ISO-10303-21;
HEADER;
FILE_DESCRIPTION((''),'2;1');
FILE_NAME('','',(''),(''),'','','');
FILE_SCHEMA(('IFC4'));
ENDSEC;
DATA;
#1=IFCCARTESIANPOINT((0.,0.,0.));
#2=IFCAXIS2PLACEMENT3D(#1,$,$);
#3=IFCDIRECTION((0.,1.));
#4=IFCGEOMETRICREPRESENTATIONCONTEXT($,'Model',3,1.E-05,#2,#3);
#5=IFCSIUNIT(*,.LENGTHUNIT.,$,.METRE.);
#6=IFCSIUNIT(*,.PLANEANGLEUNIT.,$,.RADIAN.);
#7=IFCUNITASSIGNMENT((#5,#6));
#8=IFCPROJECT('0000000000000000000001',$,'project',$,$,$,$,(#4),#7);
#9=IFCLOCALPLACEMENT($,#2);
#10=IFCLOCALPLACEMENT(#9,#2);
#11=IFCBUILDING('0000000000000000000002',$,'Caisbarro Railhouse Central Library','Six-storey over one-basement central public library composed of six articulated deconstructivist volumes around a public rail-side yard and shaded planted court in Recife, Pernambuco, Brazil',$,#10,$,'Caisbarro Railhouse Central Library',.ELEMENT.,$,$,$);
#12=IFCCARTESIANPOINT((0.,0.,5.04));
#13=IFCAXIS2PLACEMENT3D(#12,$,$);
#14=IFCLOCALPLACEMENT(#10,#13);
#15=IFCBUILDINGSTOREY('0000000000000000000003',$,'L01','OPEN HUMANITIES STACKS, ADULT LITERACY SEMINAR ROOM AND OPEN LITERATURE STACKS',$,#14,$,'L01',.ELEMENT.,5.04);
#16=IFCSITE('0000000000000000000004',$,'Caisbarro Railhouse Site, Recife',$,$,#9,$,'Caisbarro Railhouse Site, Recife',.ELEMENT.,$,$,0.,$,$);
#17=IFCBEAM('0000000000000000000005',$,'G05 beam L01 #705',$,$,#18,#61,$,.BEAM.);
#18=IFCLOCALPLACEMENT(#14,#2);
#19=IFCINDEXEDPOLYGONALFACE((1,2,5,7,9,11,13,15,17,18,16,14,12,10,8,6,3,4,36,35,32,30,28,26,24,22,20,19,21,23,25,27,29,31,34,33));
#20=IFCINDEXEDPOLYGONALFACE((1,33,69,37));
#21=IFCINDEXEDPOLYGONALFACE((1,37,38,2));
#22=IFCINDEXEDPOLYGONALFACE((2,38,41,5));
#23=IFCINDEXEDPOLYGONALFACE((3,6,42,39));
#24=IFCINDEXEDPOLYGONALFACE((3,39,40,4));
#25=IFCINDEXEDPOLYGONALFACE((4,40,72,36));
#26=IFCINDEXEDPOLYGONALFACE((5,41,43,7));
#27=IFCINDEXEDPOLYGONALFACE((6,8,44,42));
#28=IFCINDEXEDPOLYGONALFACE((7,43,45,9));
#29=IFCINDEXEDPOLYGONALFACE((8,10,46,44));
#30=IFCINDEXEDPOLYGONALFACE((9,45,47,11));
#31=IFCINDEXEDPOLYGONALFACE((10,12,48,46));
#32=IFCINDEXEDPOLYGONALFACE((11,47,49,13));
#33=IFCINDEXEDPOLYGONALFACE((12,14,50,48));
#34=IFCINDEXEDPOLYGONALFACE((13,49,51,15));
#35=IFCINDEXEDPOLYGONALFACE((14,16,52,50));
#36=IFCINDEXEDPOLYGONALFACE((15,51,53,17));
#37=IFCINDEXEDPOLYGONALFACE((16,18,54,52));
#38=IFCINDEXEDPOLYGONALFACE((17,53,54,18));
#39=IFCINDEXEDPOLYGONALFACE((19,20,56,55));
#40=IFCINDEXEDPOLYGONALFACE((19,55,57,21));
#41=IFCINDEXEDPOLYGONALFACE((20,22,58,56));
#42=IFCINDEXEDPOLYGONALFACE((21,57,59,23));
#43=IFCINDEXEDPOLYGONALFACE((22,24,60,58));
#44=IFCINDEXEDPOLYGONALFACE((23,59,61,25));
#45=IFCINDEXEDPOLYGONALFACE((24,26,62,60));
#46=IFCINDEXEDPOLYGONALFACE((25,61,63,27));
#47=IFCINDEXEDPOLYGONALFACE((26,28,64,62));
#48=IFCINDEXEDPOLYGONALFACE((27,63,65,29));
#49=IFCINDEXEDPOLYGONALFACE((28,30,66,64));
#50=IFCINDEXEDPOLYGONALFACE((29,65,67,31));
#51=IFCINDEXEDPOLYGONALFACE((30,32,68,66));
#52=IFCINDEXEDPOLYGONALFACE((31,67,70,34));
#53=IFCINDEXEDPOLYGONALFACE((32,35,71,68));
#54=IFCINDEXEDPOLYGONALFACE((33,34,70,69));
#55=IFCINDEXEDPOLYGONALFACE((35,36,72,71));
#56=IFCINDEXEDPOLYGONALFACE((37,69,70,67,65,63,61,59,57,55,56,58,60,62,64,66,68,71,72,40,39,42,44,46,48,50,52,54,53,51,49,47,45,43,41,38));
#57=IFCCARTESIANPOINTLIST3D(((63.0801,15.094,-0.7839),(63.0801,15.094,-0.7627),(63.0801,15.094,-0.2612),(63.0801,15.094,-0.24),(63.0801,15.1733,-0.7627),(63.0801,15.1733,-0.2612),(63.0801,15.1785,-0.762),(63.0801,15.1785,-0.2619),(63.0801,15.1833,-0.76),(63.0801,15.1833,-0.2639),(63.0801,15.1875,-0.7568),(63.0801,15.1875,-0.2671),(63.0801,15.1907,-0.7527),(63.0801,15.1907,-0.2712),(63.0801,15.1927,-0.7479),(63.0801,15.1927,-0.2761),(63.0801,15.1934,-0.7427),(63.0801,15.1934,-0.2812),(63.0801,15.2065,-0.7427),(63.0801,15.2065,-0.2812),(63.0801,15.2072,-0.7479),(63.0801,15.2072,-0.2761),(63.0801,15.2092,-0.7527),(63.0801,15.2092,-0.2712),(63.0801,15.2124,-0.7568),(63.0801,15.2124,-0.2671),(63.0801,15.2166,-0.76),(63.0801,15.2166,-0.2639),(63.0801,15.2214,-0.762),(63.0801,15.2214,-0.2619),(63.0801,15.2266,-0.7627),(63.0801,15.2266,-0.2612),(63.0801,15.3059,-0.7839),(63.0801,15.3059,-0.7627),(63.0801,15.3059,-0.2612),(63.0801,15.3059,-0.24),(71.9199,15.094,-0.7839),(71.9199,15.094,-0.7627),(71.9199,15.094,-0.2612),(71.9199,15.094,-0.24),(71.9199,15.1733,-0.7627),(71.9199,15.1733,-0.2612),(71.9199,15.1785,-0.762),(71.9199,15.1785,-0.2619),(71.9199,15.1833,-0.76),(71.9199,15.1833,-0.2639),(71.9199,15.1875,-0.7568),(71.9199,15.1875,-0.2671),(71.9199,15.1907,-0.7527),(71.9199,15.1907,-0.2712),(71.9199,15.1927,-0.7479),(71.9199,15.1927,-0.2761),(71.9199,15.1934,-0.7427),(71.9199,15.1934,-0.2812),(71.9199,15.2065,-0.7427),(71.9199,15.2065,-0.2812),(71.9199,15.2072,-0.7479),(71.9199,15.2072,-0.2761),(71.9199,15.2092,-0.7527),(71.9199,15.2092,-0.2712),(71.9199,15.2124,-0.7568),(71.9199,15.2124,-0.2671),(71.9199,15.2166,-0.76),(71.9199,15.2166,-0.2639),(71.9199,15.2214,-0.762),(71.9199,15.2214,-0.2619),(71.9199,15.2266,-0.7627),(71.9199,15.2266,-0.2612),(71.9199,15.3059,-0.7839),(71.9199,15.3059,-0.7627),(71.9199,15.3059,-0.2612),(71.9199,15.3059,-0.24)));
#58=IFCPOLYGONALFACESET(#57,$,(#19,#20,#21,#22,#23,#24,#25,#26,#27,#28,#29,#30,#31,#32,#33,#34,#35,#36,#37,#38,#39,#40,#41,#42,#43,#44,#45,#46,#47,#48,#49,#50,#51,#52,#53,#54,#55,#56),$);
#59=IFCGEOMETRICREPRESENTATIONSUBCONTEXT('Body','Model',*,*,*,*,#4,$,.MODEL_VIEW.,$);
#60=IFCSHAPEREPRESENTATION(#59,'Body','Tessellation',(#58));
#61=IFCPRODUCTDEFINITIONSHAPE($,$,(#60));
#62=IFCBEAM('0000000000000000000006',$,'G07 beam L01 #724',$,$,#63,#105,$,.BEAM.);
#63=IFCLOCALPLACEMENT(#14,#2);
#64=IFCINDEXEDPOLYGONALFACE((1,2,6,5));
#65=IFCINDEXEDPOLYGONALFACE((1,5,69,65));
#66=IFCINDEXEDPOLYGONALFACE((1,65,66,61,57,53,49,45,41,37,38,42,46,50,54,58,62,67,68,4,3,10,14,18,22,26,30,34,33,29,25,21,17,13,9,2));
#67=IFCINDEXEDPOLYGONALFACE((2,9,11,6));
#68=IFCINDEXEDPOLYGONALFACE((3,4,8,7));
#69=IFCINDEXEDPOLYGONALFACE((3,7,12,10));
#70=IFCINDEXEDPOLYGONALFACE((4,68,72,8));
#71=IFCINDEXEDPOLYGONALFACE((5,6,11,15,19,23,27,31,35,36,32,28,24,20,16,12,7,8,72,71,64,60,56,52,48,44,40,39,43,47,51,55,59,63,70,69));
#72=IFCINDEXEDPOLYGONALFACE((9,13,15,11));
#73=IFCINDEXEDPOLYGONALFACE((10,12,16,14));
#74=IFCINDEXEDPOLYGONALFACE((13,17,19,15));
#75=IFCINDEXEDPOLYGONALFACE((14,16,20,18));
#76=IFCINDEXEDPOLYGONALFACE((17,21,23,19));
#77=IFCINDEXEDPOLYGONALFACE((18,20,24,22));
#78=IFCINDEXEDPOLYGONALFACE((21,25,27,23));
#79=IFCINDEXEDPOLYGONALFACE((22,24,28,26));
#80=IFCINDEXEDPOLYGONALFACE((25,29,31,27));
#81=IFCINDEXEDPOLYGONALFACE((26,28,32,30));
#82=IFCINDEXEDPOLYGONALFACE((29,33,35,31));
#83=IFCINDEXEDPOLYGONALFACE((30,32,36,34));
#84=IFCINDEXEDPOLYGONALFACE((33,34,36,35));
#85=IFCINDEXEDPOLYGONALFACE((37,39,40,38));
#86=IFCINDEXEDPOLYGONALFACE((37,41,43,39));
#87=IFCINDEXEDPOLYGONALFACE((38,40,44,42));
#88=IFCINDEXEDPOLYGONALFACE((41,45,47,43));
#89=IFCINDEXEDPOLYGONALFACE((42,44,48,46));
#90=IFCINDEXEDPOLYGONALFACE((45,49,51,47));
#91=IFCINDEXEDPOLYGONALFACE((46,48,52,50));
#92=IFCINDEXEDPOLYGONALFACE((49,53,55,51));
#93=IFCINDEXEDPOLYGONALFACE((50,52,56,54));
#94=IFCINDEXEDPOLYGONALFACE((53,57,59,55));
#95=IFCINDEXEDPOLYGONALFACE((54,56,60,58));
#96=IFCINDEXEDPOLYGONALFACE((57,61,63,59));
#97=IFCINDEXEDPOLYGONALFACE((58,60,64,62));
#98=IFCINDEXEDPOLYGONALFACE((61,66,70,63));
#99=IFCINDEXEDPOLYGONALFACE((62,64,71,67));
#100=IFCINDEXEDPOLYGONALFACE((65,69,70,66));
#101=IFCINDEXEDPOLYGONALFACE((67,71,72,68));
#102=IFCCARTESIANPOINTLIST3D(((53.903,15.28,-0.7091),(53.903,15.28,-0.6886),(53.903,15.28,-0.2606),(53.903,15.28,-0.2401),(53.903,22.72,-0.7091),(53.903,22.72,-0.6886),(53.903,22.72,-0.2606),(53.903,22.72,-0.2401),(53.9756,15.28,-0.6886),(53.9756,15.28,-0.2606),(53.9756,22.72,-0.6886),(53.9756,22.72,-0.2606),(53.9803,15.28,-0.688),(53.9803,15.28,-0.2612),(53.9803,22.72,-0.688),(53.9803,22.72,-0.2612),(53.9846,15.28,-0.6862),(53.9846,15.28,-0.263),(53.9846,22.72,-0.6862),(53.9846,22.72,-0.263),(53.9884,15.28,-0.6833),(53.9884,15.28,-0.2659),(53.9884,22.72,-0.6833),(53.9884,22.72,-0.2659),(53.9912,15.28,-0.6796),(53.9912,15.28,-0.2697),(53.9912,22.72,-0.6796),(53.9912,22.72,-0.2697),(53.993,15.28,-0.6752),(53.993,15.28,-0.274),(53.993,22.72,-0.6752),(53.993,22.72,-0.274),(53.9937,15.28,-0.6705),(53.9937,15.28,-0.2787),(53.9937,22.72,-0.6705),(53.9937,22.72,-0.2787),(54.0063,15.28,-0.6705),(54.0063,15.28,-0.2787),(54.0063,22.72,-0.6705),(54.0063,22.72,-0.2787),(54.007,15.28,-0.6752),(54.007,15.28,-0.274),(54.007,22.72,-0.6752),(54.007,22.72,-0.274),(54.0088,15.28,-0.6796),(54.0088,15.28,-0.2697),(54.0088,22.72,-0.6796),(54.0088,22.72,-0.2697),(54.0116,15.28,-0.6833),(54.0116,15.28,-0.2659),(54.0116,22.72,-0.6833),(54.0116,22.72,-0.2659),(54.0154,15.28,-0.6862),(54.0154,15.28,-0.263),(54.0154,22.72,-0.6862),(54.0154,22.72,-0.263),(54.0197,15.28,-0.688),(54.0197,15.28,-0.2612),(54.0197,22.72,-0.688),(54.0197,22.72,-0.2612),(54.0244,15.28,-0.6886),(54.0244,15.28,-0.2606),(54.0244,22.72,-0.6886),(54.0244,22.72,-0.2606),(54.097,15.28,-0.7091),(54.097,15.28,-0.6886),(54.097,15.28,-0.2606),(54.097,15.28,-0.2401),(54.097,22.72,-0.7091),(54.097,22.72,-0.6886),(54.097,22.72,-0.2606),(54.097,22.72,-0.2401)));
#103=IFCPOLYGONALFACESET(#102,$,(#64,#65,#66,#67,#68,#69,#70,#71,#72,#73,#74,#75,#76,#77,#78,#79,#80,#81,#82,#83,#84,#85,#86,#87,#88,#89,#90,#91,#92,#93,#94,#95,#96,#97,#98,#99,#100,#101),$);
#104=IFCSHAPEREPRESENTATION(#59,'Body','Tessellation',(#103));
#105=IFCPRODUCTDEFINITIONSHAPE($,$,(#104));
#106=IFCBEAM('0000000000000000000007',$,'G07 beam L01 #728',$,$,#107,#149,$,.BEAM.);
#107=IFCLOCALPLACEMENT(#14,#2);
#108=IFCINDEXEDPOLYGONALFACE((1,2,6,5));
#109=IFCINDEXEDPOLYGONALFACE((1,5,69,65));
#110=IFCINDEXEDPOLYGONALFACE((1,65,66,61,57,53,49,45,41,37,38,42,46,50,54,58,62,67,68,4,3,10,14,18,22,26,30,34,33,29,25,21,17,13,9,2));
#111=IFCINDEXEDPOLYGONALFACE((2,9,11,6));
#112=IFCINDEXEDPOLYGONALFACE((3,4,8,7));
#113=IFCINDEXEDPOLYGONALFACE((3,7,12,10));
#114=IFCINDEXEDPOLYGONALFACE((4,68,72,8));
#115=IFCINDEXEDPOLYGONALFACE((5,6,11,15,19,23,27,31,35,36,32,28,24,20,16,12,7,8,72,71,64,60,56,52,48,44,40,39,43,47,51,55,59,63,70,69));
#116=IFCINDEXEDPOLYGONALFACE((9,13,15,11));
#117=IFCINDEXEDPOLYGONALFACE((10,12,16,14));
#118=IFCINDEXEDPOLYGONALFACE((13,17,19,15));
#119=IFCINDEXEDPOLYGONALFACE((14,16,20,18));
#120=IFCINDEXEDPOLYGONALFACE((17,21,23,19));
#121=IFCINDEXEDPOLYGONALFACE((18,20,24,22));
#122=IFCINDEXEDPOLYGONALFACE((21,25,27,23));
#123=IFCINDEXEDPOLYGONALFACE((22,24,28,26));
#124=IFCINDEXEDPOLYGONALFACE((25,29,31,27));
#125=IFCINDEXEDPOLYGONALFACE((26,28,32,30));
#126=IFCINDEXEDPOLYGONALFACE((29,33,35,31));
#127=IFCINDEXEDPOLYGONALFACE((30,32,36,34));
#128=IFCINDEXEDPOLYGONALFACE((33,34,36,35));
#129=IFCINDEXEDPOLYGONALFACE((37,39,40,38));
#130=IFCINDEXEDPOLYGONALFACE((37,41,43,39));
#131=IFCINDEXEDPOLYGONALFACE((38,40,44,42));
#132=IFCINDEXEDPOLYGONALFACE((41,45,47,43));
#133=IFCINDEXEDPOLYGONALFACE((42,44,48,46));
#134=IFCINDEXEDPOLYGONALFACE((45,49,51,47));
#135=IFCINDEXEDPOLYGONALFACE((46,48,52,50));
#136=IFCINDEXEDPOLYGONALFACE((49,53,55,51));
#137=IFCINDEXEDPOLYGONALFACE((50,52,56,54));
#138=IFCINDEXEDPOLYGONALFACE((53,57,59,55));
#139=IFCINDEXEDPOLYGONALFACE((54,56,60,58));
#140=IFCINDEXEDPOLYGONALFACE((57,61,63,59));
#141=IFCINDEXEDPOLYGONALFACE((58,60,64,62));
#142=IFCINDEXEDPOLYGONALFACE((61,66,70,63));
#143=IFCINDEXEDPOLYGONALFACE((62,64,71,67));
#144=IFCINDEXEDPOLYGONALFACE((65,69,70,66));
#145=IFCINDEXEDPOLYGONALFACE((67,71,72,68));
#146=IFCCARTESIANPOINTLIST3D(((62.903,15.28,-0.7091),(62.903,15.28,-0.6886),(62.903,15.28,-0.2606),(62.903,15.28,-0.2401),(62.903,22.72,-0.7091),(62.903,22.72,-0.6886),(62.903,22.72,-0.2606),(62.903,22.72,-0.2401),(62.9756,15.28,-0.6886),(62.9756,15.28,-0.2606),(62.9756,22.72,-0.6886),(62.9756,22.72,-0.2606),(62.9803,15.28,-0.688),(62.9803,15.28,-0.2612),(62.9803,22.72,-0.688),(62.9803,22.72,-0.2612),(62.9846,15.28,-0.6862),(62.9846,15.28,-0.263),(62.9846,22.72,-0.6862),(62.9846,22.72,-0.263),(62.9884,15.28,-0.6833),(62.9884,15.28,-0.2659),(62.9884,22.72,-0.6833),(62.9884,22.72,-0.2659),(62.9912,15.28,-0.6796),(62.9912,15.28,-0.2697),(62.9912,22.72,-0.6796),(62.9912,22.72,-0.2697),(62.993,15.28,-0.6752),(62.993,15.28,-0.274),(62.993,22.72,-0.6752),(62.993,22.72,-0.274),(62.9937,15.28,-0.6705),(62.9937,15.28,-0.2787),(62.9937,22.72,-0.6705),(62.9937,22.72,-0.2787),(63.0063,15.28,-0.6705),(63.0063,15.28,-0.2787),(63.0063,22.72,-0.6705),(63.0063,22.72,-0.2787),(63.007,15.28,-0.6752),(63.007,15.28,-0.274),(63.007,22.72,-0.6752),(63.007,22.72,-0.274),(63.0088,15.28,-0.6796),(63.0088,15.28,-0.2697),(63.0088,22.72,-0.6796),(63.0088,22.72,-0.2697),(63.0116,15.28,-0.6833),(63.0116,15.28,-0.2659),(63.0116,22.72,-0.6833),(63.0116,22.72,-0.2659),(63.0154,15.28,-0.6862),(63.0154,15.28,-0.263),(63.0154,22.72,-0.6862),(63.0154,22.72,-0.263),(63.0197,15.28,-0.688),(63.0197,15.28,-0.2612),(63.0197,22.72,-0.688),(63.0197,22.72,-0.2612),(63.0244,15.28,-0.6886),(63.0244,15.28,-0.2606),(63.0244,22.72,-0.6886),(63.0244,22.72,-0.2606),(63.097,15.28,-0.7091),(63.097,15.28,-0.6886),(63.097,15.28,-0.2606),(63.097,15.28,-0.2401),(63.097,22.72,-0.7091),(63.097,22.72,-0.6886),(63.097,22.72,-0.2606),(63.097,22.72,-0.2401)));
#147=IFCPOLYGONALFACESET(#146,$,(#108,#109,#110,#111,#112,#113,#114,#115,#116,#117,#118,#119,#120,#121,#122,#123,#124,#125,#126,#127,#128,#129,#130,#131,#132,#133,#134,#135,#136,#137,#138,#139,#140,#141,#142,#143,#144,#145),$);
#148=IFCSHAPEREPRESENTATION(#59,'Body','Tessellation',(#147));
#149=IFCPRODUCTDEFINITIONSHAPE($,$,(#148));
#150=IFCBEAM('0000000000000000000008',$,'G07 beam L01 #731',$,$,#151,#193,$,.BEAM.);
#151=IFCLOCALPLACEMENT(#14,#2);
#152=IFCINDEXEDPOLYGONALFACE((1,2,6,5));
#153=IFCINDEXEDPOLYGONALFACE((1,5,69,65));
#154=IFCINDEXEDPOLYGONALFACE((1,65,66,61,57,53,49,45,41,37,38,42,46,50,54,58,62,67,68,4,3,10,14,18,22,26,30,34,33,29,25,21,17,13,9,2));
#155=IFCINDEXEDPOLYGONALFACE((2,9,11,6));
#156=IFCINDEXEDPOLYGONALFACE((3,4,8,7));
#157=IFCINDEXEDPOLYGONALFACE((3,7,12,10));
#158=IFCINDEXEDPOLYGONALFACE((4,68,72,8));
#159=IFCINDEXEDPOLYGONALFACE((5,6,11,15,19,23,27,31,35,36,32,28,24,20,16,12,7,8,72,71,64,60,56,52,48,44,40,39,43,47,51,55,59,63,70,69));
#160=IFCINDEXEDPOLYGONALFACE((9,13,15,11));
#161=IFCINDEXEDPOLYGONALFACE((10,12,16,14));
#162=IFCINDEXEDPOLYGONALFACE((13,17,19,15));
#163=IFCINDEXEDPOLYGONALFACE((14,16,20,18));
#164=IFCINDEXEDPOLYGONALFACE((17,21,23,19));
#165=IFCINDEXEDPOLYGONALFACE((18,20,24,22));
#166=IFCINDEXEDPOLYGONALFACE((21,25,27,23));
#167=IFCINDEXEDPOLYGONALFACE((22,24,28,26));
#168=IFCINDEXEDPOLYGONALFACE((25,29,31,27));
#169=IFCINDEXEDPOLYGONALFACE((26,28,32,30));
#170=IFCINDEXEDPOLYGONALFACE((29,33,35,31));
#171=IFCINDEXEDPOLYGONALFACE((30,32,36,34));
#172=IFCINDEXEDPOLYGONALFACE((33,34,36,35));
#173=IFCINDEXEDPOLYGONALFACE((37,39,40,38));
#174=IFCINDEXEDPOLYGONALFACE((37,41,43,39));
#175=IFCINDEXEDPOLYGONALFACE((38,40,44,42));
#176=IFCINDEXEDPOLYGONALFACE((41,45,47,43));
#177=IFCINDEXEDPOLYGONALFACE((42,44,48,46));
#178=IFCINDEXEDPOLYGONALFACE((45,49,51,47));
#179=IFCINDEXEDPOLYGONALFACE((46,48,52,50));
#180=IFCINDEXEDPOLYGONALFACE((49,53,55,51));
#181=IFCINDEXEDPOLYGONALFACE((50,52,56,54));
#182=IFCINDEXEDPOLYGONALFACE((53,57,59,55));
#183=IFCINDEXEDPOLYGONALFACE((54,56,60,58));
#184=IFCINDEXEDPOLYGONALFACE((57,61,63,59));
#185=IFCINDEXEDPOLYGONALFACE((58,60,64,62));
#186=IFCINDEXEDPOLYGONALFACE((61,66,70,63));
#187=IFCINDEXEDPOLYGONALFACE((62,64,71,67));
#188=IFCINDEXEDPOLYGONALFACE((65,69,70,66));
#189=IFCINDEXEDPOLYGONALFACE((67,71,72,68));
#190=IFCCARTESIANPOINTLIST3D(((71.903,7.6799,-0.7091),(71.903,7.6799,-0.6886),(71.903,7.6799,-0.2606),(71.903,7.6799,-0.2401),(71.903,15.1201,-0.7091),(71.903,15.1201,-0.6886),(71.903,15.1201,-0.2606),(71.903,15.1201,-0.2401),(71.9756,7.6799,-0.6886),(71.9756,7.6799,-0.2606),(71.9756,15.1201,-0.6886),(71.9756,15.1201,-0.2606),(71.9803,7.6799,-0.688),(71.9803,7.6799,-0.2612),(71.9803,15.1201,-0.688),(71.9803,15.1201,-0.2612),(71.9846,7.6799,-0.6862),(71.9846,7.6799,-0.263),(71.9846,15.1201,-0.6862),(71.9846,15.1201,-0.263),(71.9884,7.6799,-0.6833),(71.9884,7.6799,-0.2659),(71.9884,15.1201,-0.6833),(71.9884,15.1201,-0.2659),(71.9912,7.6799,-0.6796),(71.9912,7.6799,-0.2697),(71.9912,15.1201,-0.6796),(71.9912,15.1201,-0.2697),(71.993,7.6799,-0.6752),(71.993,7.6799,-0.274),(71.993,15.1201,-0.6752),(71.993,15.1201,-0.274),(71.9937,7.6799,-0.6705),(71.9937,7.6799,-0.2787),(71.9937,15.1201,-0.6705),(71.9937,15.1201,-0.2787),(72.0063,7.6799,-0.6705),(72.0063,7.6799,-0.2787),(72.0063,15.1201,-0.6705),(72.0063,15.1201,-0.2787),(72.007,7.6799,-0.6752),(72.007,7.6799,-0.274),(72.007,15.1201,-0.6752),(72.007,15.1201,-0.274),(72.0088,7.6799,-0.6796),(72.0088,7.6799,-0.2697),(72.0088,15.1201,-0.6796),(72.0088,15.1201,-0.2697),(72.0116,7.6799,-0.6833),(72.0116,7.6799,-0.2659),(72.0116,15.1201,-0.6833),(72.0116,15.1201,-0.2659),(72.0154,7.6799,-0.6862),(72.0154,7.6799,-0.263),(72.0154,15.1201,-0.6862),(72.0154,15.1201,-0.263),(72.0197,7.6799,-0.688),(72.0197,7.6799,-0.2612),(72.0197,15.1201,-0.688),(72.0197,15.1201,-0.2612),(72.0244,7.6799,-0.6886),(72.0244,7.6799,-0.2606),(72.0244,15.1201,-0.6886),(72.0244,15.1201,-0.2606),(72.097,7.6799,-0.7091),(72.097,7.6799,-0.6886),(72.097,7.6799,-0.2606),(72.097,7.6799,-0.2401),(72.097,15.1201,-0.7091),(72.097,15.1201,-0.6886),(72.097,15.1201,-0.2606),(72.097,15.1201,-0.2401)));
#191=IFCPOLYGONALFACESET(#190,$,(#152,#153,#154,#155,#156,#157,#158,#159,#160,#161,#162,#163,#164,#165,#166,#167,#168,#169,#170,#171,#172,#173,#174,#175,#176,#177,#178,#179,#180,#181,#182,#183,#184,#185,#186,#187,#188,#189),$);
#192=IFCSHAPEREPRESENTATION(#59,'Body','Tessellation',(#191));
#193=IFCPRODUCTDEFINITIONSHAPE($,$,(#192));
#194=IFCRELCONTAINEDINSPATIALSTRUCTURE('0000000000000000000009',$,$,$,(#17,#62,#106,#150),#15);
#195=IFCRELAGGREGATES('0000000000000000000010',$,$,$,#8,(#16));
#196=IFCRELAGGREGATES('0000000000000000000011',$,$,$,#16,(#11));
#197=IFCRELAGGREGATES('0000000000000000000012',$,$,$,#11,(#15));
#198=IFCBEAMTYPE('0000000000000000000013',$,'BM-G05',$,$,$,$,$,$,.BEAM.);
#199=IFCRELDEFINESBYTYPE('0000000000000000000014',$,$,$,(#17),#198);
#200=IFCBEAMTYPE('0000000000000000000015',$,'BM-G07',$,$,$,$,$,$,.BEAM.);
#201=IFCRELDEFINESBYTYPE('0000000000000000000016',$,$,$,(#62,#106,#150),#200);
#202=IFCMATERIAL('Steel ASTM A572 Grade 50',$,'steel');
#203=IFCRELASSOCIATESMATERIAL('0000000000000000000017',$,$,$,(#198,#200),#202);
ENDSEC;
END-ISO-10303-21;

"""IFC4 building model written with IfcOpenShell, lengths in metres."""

from ifc_helpers import new_model, si_unit, direction, frame, origin, origin_2d, place, context, subcontext, project, spatial, i_section, extrude, material, material_profile, profile_set, type_object, element, save


model = new_model("IFC4")

# Units and contexts
model_context = context("Model", 3, precision=1e-05, world=origin(), true_north=direction((0.0, 1.0)))
body_context = subcontext(model_context, "Body", "Model", "MODEL_VIEW")
ifc_project = project(units=[si_unit("LENGTHUNIT", "METRE"), si_unit("PLANEANGLEUNIT", "RADIAN")], contexts=[model_context])

# Site, building, storey
site_placement = place(None, origin())
site = spatial("IfcSite", under=ifc_project, at=site_placement, Name="Caisbarro Railhouse Site, Recife", LongName="Caisbarro Railhouse Site, Recife", CompositionType="ELEMENT", RefElevation=0.0)
building_placement = place(site_placement, origin())
building = spatial("IfcBuilding", under=site, at=building_placement, Name="Caisbarro Railhouse Central Library", Description="Six-storey over one-basement central public library composed of six articulated deconstructivist volumes around a public rail-side yard and shaded planted court in Recife, Pernambuco, Brazil", LongName="Caisbarro Railhouse Central Library", CompositionType="ELEMENT")
storey_placement = place(building_placement, frame((0.0, 0.0, 5.04)))
storey = spatial("IfcBuildingStorey", under=building, at=storey_placement, Name="L01", Description="OPEN HUMANITIES STACKS, ADULT LITERACY SEMINAR ROOM AND OPEN LITERATURE STACKS", LongName="L01", CompositionType="ELEMENT", Elevation=5.04)

# Shared definitions
ifc_material_1 = material(Name="Steel ASTM A572 Grade 50", Category="steel")

# Beams
ifc_material_profile_1 = material_profile(ifc_material_1, i_section(OverallWidth=0.2119, OverallDepth=0.5439, WebThickness=0.0132, FlangeThickness=0.0212, FilletRadius=0.02, at=origin_2d()), Name="W530X123.0")
ifc_profile_set_1 = profile_set([ifc_material_profile_1], Name="Steel ASTM A572 Grade 50")
beam_type_1 = type_object("IfcBeamType", Name="BM-G05", PredefinedType="BEAM", material=ifc_profile_set_1)
for number, where, z_axis, x_axis, name in (
    (1, (63.0801, 15.2, -0.512), (1.0, 0.0, 0.0), (0.0, 1.0, 0.0), "G05 beam L01 #705"),
):
    element("IfcBeam", number, at=place(storey_placement, frame(where, z_axis=z_axis, x_axis=x_axis)), inside=storey, type_object=beam_type_1, Name=name, PredefinedType="BEAM", context=body_context, shape_type="SweptSolid", body=[
        extrude(i_section(OverallWidth=0.2119, OverallDepth=0.5439, WebThickness=0.0132, FlangeThickness=0.0212, FilletRadius=0.02, at=origin_2d()), origin(), (0.0, 0.0, 1.0), 8.8398),
    ])
ifc_material_profile_2 = material_profile(ifc_material_1, i_section(OverallWidth=0.1941, OverallDepth=0.469, WebThickness=0.0127, FlangeThickness=0.0205, FilletRadius=0.0181, at=origin_2d()), Name="W460X106.0")
ifc_profile_set_2 = profile_set([ifc_material_profile_2], Name="Steel ASTM A572 Grade 50")
beam_type_2 = type_object("IfcBeamType", Name="BM-G07", PredefinedType="BEAM", material=ifc_profile_set_2)
for number, where, z_axis, x_axis, name in (
    (2, (54.0, 15.28, -0.4746), (0.0, 1.0, 0.0), (-1.0, 0.0, 0.0), "G07 beam L01 #724"),
    (3, (63.0, 15.28, -0.4746), (0.0, 1.0, 0.0), (-1.0, 0.0, 0.0), "G07 beam L01 #728"),
):
    element("IfcBeam", number, at=place(storey_placement, frame(where, z_axis=z_axis, x_axis=x_axis)), inside=storey, type_object=beam_type_2, Name=name, PredefinedType="BEAM", context=body_context, shape_type="SweptSolid", body=[
        extrude(i_section(OverallWidth=0.1941, OverallDepth=0.469, WebThickness=0.0127, FlangeThickness=0.0205, FilletRadius=0.0181, at=origin_2d()), origin(), (0.0, 0.0, 1.0), 7.4399),
    ])
beam_1_placement = place(storey_placement, frame((72.0, 7.6799, -0.4746), z_axis=(0.0, 1.0, 0.0), x_axis=(-1.0, 0.0, 0.0)))
element("IfcBeam", 4, at=beam_1_placement, inside=storey, type_object=beam_type_2, Name="G07 beam L01 #731", PredefinedType="BEAM", context=body_context, shape_type="SweptSolid", body=[
    extrude(i_section(OverallWidth=0.1941, OverallDepth=0.469, WebThickness=0.0127, FlangeThickness=0.0205, FilletRadius=0.0181, at=origin_2d()), origin(), (0.0, 0.0, 1.0), 7.4402),
])

save(model, "model.ifc")
